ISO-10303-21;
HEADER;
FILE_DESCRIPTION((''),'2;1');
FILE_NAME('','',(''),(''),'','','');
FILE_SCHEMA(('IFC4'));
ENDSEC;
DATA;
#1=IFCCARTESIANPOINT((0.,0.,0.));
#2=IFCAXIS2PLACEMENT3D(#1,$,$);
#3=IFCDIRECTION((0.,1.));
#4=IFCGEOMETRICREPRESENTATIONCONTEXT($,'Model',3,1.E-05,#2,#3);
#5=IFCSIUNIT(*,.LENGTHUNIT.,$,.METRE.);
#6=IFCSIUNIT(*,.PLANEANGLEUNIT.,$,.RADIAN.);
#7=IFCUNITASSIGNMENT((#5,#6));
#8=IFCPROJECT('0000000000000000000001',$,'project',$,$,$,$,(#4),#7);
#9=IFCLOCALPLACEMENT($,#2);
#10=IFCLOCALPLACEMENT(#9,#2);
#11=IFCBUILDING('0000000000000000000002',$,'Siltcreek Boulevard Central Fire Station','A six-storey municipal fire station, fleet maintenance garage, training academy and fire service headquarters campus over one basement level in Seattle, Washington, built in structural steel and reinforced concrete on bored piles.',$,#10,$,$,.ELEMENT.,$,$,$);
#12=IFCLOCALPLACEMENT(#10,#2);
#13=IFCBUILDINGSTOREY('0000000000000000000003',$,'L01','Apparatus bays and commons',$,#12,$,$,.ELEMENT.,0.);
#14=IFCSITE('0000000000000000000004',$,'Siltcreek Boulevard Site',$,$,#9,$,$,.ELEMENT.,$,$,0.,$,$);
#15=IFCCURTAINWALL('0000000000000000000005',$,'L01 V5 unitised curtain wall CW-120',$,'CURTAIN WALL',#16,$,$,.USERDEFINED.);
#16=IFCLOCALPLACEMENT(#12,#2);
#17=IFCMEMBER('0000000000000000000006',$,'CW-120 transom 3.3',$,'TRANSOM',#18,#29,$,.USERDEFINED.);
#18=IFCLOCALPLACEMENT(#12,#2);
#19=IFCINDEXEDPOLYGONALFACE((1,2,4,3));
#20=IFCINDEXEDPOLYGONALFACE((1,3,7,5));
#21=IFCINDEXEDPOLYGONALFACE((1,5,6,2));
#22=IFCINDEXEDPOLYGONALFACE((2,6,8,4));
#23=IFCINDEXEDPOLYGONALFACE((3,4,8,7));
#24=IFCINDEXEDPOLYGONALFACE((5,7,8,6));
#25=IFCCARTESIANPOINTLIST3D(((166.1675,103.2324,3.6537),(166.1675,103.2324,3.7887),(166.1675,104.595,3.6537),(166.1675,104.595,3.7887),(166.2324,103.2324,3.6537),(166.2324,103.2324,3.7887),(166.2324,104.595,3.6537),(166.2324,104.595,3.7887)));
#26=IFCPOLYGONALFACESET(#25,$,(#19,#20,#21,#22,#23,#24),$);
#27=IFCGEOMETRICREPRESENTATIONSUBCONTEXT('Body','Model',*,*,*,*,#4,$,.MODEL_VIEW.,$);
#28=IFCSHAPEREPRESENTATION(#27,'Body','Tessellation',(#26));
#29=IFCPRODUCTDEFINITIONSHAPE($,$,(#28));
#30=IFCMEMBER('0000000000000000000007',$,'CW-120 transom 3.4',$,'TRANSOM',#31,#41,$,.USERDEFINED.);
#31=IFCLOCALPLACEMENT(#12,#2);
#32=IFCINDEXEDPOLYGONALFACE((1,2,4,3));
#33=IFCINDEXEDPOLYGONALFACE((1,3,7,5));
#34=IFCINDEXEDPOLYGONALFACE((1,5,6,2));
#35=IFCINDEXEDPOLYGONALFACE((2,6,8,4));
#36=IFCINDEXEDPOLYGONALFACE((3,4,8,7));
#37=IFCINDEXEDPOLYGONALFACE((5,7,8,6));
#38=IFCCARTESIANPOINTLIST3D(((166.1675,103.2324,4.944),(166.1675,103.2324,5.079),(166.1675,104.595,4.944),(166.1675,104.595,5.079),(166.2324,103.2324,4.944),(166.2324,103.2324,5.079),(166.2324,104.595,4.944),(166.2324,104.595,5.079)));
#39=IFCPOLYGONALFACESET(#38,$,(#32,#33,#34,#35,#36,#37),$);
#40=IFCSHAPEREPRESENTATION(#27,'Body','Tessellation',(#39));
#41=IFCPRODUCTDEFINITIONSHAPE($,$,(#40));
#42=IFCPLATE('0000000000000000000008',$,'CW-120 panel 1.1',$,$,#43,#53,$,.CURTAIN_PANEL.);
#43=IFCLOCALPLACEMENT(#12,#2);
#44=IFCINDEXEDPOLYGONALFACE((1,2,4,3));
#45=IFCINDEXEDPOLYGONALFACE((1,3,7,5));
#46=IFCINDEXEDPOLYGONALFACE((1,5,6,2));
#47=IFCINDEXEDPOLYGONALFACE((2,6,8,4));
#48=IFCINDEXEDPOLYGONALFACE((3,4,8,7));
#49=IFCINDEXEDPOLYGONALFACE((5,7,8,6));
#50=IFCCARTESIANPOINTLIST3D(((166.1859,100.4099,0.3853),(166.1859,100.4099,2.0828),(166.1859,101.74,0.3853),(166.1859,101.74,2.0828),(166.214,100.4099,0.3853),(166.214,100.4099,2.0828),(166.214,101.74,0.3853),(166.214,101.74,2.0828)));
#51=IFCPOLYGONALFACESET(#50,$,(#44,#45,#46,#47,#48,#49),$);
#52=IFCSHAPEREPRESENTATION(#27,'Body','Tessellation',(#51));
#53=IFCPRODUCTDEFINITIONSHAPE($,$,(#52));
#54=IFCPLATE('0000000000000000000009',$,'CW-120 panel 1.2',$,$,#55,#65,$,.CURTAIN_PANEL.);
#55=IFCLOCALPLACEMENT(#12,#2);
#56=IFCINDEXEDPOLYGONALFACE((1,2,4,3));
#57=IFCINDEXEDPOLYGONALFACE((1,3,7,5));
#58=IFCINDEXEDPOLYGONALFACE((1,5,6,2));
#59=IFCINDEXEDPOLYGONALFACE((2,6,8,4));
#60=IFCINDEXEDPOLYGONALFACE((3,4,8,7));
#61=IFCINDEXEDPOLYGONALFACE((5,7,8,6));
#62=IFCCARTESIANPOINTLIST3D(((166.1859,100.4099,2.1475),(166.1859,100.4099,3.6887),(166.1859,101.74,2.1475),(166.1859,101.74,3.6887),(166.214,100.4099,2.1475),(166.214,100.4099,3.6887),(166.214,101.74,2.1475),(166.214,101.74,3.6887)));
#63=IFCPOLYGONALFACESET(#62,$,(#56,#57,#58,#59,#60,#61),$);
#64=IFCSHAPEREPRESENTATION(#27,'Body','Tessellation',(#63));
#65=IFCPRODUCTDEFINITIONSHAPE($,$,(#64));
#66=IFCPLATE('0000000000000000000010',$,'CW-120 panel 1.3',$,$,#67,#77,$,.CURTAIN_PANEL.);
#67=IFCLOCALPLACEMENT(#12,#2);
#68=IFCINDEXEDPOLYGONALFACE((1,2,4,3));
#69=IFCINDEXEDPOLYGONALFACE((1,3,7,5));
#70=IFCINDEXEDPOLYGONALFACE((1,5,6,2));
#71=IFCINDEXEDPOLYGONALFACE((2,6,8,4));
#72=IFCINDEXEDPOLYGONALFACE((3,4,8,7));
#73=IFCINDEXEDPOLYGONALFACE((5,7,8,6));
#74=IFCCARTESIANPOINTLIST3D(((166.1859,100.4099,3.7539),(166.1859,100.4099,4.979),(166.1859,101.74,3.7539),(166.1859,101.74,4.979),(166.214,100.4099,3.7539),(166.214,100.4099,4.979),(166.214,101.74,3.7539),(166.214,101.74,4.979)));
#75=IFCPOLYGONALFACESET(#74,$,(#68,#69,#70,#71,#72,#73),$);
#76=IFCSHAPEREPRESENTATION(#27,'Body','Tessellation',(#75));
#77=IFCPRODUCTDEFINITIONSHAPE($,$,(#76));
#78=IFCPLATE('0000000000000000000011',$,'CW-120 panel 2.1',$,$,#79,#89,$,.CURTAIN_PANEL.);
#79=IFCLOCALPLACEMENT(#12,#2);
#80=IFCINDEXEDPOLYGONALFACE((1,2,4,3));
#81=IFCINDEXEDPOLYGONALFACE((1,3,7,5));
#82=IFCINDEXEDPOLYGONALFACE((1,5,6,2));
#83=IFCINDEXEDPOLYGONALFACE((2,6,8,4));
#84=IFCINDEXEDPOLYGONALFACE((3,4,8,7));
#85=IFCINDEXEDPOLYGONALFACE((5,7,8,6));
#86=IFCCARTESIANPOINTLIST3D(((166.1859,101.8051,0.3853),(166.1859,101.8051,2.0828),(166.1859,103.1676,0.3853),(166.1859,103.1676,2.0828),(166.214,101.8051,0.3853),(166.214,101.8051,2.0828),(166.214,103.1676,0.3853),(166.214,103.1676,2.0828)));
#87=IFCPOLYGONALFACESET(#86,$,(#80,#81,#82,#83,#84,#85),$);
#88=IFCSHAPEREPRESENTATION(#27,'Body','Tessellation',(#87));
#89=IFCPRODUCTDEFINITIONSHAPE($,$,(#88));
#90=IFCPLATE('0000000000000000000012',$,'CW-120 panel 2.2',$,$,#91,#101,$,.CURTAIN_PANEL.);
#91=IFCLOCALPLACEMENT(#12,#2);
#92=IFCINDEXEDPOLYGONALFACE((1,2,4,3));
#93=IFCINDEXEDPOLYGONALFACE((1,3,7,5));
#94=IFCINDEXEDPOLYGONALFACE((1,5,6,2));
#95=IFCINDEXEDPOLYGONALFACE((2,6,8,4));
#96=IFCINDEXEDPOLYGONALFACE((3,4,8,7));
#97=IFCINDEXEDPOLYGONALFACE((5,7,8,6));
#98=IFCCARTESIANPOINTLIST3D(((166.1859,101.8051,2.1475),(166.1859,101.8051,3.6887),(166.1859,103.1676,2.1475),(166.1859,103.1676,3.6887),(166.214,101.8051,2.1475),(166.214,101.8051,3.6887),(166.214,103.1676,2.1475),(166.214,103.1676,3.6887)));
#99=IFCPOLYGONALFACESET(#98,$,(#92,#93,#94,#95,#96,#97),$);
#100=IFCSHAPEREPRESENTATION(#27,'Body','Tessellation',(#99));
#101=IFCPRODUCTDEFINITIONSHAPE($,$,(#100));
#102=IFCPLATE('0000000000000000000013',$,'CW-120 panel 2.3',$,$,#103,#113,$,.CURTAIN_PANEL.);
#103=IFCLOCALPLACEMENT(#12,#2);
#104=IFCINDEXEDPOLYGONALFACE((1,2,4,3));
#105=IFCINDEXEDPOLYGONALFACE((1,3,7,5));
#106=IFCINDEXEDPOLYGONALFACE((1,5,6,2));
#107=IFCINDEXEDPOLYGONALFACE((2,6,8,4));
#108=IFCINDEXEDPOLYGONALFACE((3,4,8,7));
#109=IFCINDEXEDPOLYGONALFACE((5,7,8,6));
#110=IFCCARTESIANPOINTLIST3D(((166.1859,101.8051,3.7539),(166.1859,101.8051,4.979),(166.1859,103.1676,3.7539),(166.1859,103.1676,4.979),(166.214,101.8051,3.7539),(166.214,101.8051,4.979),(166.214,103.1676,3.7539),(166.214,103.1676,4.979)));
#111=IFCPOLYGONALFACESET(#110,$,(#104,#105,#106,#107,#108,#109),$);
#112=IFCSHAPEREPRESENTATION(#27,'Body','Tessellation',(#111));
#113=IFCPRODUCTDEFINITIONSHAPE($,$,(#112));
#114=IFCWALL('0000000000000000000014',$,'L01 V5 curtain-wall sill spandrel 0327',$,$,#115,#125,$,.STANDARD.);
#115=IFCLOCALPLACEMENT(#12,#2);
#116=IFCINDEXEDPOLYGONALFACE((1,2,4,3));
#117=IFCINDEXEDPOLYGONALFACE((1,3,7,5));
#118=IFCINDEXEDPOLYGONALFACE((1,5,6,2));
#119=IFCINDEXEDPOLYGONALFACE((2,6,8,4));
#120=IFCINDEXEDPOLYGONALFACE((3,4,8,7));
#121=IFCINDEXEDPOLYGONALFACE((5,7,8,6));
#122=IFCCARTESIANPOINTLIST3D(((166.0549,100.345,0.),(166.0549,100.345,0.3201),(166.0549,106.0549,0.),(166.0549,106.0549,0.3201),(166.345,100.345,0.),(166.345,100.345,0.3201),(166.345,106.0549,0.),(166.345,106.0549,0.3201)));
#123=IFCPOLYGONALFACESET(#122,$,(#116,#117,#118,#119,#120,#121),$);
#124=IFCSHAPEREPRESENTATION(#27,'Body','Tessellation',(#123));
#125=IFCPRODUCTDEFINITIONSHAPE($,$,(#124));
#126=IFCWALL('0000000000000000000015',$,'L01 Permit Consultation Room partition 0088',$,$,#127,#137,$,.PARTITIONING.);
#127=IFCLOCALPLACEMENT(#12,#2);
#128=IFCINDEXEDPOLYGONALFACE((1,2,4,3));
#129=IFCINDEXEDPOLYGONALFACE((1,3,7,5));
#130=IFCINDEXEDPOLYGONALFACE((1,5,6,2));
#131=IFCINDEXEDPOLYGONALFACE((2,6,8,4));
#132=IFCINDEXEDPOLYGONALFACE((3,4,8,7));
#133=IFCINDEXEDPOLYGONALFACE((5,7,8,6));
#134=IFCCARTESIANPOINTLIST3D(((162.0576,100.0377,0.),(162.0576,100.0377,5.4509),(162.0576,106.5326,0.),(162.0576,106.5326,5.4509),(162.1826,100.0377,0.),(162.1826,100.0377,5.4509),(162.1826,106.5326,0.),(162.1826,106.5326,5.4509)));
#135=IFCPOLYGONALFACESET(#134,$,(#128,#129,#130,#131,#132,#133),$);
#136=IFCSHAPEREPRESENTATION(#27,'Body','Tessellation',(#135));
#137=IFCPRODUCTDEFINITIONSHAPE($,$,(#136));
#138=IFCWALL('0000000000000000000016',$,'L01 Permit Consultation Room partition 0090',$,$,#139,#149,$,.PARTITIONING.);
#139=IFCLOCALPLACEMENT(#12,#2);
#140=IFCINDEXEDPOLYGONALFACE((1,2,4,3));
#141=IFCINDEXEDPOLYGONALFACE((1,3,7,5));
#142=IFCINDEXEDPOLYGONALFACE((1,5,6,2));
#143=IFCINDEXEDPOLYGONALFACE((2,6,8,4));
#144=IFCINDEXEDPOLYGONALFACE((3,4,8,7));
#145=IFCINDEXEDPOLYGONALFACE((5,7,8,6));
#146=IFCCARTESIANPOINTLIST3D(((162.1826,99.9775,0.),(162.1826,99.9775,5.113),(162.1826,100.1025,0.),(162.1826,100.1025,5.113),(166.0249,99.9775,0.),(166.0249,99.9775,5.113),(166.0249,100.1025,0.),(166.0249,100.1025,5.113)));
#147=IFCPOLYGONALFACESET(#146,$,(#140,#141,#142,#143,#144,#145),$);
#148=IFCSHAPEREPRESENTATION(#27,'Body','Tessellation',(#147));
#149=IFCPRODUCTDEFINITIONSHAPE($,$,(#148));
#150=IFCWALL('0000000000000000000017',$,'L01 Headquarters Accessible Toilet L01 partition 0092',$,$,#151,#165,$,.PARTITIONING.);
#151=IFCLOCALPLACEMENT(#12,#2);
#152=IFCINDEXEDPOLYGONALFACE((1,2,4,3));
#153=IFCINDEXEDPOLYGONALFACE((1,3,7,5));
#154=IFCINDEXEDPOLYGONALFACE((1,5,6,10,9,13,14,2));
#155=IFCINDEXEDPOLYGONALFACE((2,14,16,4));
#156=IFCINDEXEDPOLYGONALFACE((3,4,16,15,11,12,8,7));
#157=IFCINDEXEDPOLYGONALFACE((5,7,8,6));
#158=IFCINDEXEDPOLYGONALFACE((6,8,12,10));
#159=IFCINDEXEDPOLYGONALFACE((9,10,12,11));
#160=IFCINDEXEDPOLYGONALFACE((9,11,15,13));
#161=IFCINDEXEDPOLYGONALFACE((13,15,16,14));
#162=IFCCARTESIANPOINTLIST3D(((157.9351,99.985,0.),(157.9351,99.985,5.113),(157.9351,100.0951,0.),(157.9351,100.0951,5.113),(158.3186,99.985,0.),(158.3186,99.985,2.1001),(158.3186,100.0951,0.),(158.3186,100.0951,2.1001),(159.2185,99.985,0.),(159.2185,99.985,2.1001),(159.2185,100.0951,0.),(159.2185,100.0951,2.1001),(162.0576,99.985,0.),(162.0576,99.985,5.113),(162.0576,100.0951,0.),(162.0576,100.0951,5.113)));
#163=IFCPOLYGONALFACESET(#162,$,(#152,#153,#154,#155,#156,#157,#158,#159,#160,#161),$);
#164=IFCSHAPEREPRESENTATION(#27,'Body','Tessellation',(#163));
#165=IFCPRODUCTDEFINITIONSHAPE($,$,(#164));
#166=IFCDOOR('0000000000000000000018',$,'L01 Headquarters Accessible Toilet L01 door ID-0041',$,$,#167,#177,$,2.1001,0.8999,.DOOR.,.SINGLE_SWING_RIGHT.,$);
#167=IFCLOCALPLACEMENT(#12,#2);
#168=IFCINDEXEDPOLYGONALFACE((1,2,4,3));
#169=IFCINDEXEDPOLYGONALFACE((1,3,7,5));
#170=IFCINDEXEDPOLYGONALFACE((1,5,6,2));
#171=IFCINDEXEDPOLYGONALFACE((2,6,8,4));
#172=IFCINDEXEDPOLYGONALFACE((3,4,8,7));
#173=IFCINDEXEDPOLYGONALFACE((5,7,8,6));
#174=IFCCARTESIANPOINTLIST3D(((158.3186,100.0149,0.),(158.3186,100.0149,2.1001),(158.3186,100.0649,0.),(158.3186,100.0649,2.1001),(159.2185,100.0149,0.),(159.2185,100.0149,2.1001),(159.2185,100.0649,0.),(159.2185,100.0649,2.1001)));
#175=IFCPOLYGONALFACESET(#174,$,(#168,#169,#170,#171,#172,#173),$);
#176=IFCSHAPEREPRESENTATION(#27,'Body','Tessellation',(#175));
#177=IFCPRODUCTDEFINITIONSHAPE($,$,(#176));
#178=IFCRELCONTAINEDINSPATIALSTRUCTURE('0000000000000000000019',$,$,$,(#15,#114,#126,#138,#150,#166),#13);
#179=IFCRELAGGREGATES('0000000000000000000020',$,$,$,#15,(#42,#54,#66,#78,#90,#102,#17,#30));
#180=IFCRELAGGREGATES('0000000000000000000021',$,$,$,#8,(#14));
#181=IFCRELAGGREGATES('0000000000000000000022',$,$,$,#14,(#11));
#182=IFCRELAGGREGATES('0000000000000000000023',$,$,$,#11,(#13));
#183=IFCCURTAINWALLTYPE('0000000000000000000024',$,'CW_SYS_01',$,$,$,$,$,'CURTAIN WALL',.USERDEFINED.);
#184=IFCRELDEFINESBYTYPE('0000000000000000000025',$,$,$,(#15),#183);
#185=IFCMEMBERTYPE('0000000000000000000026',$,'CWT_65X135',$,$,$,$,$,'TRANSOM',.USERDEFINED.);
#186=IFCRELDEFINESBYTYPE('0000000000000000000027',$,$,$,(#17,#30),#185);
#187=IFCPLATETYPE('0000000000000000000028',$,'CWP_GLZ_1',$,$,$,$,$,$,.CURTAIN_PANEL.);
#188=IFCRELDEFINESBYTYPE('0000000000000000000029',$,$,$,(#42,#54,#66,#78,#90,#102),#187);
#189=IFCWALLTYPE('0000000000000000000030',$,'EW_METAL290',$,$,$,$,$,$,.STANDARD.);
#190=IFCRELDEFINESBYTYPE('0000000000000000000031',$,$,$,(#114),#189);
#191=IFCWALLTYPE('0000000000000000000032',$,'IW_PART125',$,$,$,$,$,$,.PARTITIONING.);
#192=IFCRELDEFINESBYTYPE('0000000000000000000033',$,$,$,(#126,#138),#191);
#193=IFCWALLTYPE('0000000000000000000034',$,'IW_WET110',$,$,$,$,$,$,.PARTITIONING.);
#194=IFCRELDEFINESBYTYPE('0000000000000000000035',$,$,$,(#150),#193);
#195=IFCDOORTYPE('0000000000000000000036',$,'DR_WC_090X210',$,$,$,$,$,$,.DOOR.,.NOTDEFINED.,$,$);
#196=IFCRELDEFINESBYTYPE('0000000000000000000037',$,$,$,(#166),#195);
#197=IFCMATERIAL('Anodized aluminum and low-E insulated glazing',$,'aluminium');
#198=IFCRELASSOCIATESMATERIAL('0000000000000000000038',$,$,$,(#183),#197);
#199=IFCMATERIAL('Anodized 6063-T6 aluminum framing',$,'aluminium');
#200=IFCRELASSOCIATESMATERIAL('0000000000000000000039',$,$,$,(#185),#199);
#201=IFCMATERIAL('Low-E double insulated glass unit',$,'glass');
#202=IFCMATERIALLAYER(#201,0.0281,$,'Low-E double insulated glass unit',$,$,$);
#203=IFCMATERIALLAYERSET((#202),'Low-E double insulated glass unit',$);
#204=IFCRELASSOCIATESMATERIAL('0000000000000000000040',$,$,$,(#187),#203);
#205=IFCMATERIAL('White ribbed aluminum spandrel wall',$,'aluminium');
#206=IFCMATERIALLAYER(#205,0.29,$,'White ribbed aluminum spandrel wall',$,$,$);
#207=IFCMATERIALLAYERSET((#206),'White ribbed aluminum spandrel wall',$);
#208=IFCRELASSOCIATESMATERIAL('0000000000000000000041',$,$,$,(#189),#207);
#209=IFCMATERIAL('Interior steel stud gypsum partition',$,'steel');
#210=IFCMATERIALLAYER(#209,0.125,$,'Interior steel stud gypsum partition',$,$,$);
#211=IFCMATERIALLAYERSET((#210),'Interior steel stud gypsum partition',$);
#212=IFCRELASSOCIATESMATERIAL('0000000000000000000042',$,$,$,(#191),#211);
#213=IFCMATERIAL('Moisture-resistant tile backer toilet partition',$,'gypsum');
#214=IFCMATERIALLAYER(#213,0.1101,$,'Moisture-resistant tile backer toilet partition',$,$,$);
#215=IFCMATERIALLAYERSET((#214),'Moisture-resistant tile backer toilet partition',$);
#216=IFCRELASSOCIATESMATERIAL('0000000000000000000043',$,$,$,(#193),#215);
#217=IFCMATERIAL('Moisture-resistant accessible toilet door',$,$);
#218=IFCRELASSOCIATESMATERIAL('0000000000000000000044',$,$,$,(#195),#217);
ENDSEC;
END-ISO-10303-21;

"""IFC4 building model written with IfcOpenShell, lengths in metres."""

from ifc_helpers import new_model, si_unit, direction, frame, frame_2d, origin, origin_2d, place, context, subcontext, project, spatial, rectangle, extrude, material, layer, layer_set, material_profile, profile_set, type_object, element, fill, aggregate, save


model = new_model("IFC4")

# Units and contexts
model_context = context("Model", 3, precision=1e-05, world=origin(), true_north=direction((0.0, 1.0)))
body_context = subcontext(model_context, "Body", "Model", "MODEL_VIEW")
ifc_project = project(units=[si_unit("LENGTHUNIT", "METRE"), si_unit("PLANEANGLEUNIT", "RADIAN")], contexts=[model_context])

# Site, building, storey
site_placement = place(None, origin())
site = spatial("IfcSite", under=ifc_project, at=site_placement, Name="Siltcreek Boulevard Site", CompositionType="ELEMENT", RefElevation=0.0)
building_placement = place(site_placement, origin())
building = spatial("IfcBuilding", under=site, at=building_placement, Name="Siltcreek Boulevard Central Fire Station", Description="A six-storey municipal fire station, fleet maintenance garage, training academy and fire service headquarters campus over one basement level in Seattle, Washington, built in structural steel and reinforced concrete on bored piles.", CompositionType="ELEMENT")
storey_placement = place(building_placement, origin())
storey = spatial("IfcBuildingStorey", under=building, at=storey_placement, Name="L01", Description="Apparatus bays and commons", CompositionType="ELEMENT", Elevation=0.0)

# Curtain wall, members, plates
ifc_material_1 = material(Name="Anodized aluminum and low-E insulated glazing", Category="aluminium")
curtain_wall_type = type_object("IfcCurtainWallType", Name="CW_SYS_01", ElementType="CURTAIN WALL", PredefinedType="USERDEFINED", material=ifc_material_1)
curtain_wall_placement = place(storey_placement, origin())
curtain_wall = element("IfcCurtainWall", 1, at=curtain_wall_placement, inside=storey, type_object=curtain_wall_type, Name="L01 V5 unitised curtain wall CW-120", ObjectType="CURTAIN WALL", PredefinedType="USERDEFINED")
ifc_material_2 = material(Name="Anodized 6063-T6 aluminum framing", Category="aluminium")
ifc_material_profile_1 = material_profile(ifc_material_2, rectangle(XDim=0.0649, YDim=0.135, at=origin_2d()), Name="TRAN65X135")
ifc_profile_set_1 = profile_set([ifc_material_profile_1], Name="Anodized 6063-T6 aluminum framing")
member_type_1 = type_object("IfcMemberType", Name="CWT_65X135", ElementType="TRANSOM", PredefinedType="USERDEFINED", material=ifc_profile_set_1)
member_1_placement = place(storey_placement, frame((166.2, 103.2324, 3.7212), z_axis=(0.0, 1.0, 0.0), x_axis=(-1.0, 0.0, 0.0)))
member_1 = element("IfcMember", 2, at=member_1_placement, type_object=member_type_1, Name="CW-120 transom 3.3", ObjectType="TRANSOM", PredefinedType="USERDEFINED", context=body_context, shape_type="SweptSolid", body=[
    extrude(rectangle(XDim=0.0649, YDim=0.135, at=origin_2d()), origin(), (0.0, 0.0, 1.0), 1.3625),
])
member_2_placement = place(storey_placement, frame((166.2, 103.2324, 5.0115), z_axis=(0.0, 1.0, 0.0), x_axis=(-1.0, 0.0, 0.0)))
member_2 = element("IfcMember", 3, at=member_2_placement, type_object=member_type_1, Name="CW-120 transom 3.4", ObjectType="TRANSOM", PredefinedType="USERDEFINED", context=body_context, shape_type="SweptSolid", body=[
    extrude(rectangle(XDim=0.0649, YDim=0.135, at=origin_2d()), origin(), (0.0, 0.0, 1.0), 1.3625),
])
ifc_material_3 = material(Name="Low-E double insulated glass unit", Category="glass")
ifc_layer_1 = layer(ifc_material_3, 0.0281, Name="Low-E double insulated glass unit")
ifc_layer_set_1 = layer_set([ifc_layer_1], Name="Low-E double insulated glass unit")
plate_type = type_object("IfcPlateType", Name="CWP_GLZ_1", PredefinedType="CURTAIN_PANEL", material=ifc_layer_set_1)
plate_1_placement = place(storey_placement, frame((166.2, 101.075, 0.3853), z_axis=(0.0, 0.0, 1.0), x_axis=(0.0, 1.0, 0.0)))
plate_1 = element("IfcPlate", 4, at=plate_1_placement, type_object=plate_type, Name="CW-120 panel 1.1", PredefinedType="CURTAIN_PANEL", context=body_context, shape_type="SweptSolid", body=[
    extrude(rectangle(XDim=1.3301, YDim=0.0281, at=origin_2d()), origin(), (0.0, 0.0, 1.0), 1.6975),
])
plate_2_placement = place(storey_placement, frame((166.2, 101.075, 2.1475), z_axis=(0.0, 0.0, 1.0), x_axis=(0.0, 1.0, 0.0)))
plate_2 = element("IfcPlate", 5, at=plate_2_placement, type_object=plate_type, Name="CW-120 panel 1.2", PredefinedType="CURTAIN_PANEL", context=body_context, shape_type="SweptSolid", body=[
    extrude(rectangle(XDim=1.3301, YDim=0.0281, at=origin_2d()), origin(), (0.0, 0.0, 1.0), 1.5413),
])
plate_3_placement = place(storey_placement, frame((166.2, 101.075, 3.7539), z_axis=(0.0, 0.0, 1.0), x_axis=(0.0, 1.0, 0.0)))
plate_3 = element("IfcPlate", 6, at=plate_3_placement, type_object=plate_type, Name="CW-120 panel 1.3", PredefinedType="CURTAIN_PANEL", context=body_context, shape_type="SweptSolid", body=[
    extrude(rectangle(XDim=1.3301, YDim=0.0281, at=origin_2d()), origin(), (0.0, 0.0, 1.0), 1.2251),
])
plate_4_placement = place(storey_placement, frame((166.2, 102.4863, 0.3853), z_axis=(0.0, 0.0, 1.0), x_axis=(0.0, 1.0, 0.0)))
plate_4 = element("IfcPlate", 7, at=plate_4_placement, type_object=plate_type, Name="CW-120 panel 2.1", PredefinedType="CURTAIN_PANEL", context=body_context, shape_type="SweptSolid", body=[
    extrude(rectangle(XDim=1.3625, YDim=0.0281, at=origin_2d()), origin(), (0.0, 0.0, 1.0), 1.6975),
])
plate_5_placement = place(storey_placement, frame((166.2, 102.4863, 2.1475), z_axis=(0.0, 0.0, 1.0), x_axis=(0.0, 1.0, 0.0)))
plate_5 = element("IfcPlate", 8, at=plate_5_placement, type_object=plate_type, Name="CW-120 panel 2.2", PredefinedType="CURTAIN_PANEL", context=body_context, shape_type="SweptSolid", body=[
    extrude(rectangle(XDim=1.3625, YDim=0.0281, at=origin_2d()), origin(), (0.0, 0.0, 1.0), 1.5413),
])
plate_6_placement = place(storey_placement, frame((166.2, 102.4863, 3.7539), z_axis=(0.0, 0.0, 1.0), x_axis=(0.0, 1.0, 0.0)))
plate_6 = element("IfcPlate", 9, at=plate_6_placement, type_object=plate_type, Name="CW-120 panel 2.3", PredefinedType="CURTAIN_PANEL", context=body_context, shape_type="SweptSolid", body=[
    extrude(rectangle(XDim=1.3625, YDim=0.0281, at=origin_2d()), origin(), (0.0, 0.0, 1.0), 1.2251),
])
aggregate(curtain_wall, [plate_1, plate_2, plate_3, plate_4, plate_5, plate_6, member_1, member_2])

# Walls
ifc_material_4 = material(Name="White ribbed aluminum spandrel wall", Category="aluminium")
ifc_layer_2 = layer(ifc_material_4, 0.29, Name="White ribbed aluminum spandrel wall")
ifc_layer_set_2 = layer_set([ifc_layer_2], Name="White ribbed aluminum spandrel wall")
wall_type_1 = type_object("IfcWallType", Name="EW_METAL290", PredefinedType="STANDARD", material=ifc_layer_set_2)
wall_1_placement = place(storey_placement, frame((166.2, 100.345, 0.0), z_axis=(0.0, 0.0, 1.0), x_axis=(0.0, 1.0, 0.0)))
element("IfcWall", 10, at=wall_1_placement, inside=storey, type_object=wall_type_1, Name="L01 V5 curtain-wall sill spandrel 0327", PredefinedType="STANDARD", context=body_context, shape_type="SweptSolid", body=[
    extrude(rectangle(XDim=5.71, YDim=0.29, at=frame_2d((2.855, 0.0))), origin(), (0.0, 0.0, 1.0), 0.3201),
])
ifc_material_5 = material(Name="Interior steel stud gypsum partition", Category="steel")
ifc_layer_3 = layer(ifc_material_5, 0.125, Name="Interior steel stud gypsum partition")
ifc_layer_set_3 = layer_set([ifc_layer_3], Name="Interior steel stud gypsum partition")
wall_type_2 = type_object("IfcWallType", Name="IW_PART125", PredefinedType="PARTITIONING", material=ifc_layer_set_3)
wall_2_placement = place(storey_placement, frame((162.1201, 100.0376, 0.0), z_axis=(0.0, 0.0, 1.0), x_axis=(0.0, 1.0, 0.0)))
element("IfcWall", 11, at=wall_2_placement, inside=storey, type_object=wall_type_2, Name="L01 Permit Consultation Room partition 0088", PredefinedType="PARTITIONING", context=body_context, shape_type="SweptSolid", body=[
    extrude(rectangle(XDim=6.4949, YDim=0.125, at=frame_2d((3.2476, 0.0))), origin(), (0.0, 0.0, 1.0), 5.4509),
])
wall_3_placement = place(storey_placement, frame((166.0249, 100.04, 0.0), z_axis=(0.0, 0.0, 1.0), x_axis=(-1.0, 0.0, 0.0)))
element("IfcWall", 12, at=wall_3_placement, inside=storey, type_object=wall_type_2, Name="L01 Permit Consultation Room partition 0090", PredefinedType="PARTITIONING", context=body_context, shape_type="SweptSolid", body=[
    extrude(rectangle(XDim=3.8423, YDim=0.125, at=frame_2d((1.9211, 0.0))), origin(), (0.0, 0.0, 1.0), 5.113),
])

# Wall, opening, door
ifc_material_6 = material(Name="Moisture-resistant tile backer toilet partition", Category="gypsum")
ifc_layer_4 = layer(ifc_material_6, 0.1101, Name="Moisture-resistant tile backer toilet partition")
ifc_layer_set_4 = layer_set([ifc_layer_4], Name="Moisture-resistant tile backer toilet partition")
wall_type_3 = type_object("IfcWallType", Name="IW_WET110", PredefinedType="PARTITIONING", material=ifc_layer_set_4)
wall_4_placement = place(storey_placement, frame((162.0576, 100.04, 0.0), z_axis=(0.0, 0.0, 1.0), x_axis=(-1.0, 0.0, 0.0)))
wall_4 = element("IfcWall", 13, at=wall_4_placement, inside=storey, type_object=wall_type_3, Name="L01 Headquarters Accessible Toilet L01 partition 0092", PredefinedType="PARTITIONING", context=body_context, shape_type="SweptSolid", body=[
    extrude(rectangle(XDim=4.1226, YDim=0.1101, at=frame_2d((2.0613, 0.0))), origin(), (0.0, 0.0, 1.0), 5.113),
])
opening_placement = place(wall_4_placement, frame((2.8391, 0.0, 0.0)))
opening = element("IfcOpeningElement", 14, at=opening_placement, cuts=wall_4, PredefinedType="OPENING", context=body_context, shape_type="SweptSolid", body=[
    extrude(rectangle(XDim=0.8999, YDim=2.1001, at=frame_2d((0.45, 1.05))), frame((0.0, 0.0649, 0.0), z_axis=(0.0, -1.0, 0.0), x_axis=(1.0, 0.0, 0.0)), (0.0, 0.0, 1.0), 0.1301),
])
ifc_material_7 = material(Name="Moisture-resistant accessible toilet door")
door_type = type_object("IfcDoorType", Name="DR_WC_090X210", OperationType="NOTDEFINED", PredefinedType="DOOR", material=ifc_material_7)
door_placement = place(opening_placement, frame((0.8999, 0.0, 0.0), z_axis=(0.0, 0.0, 1.0), x_axis=(-1.0, 0.0, 0.0)))
door = element("IfcDoor", 15, at=door_placement, inside=storey, type_object=door_type, Name="L01 Headquarters Accessible Toilet L01 door ID-0041", OperationType="SINGLE_SWING_RIGHT", OverallHeight=2.1001, OverallWidth=0.8999, PredefinedType="DOOR", context=body_context, shape_type="SweptSolid", body=[
    extrude(rectangle(XDim=0.8999, YDim=2.1001, at=frame_2d((0.45, 1.05))), frame((0.0, 0.0249, 0.0), z_axis=(0.0, -1.0, 0.0), x_axis=(1.0, 0.0, 0.0)), (0.0, 0.0, 1.0), 0.05),
])
fill(opening, door)

save(model, "model.ifc")
